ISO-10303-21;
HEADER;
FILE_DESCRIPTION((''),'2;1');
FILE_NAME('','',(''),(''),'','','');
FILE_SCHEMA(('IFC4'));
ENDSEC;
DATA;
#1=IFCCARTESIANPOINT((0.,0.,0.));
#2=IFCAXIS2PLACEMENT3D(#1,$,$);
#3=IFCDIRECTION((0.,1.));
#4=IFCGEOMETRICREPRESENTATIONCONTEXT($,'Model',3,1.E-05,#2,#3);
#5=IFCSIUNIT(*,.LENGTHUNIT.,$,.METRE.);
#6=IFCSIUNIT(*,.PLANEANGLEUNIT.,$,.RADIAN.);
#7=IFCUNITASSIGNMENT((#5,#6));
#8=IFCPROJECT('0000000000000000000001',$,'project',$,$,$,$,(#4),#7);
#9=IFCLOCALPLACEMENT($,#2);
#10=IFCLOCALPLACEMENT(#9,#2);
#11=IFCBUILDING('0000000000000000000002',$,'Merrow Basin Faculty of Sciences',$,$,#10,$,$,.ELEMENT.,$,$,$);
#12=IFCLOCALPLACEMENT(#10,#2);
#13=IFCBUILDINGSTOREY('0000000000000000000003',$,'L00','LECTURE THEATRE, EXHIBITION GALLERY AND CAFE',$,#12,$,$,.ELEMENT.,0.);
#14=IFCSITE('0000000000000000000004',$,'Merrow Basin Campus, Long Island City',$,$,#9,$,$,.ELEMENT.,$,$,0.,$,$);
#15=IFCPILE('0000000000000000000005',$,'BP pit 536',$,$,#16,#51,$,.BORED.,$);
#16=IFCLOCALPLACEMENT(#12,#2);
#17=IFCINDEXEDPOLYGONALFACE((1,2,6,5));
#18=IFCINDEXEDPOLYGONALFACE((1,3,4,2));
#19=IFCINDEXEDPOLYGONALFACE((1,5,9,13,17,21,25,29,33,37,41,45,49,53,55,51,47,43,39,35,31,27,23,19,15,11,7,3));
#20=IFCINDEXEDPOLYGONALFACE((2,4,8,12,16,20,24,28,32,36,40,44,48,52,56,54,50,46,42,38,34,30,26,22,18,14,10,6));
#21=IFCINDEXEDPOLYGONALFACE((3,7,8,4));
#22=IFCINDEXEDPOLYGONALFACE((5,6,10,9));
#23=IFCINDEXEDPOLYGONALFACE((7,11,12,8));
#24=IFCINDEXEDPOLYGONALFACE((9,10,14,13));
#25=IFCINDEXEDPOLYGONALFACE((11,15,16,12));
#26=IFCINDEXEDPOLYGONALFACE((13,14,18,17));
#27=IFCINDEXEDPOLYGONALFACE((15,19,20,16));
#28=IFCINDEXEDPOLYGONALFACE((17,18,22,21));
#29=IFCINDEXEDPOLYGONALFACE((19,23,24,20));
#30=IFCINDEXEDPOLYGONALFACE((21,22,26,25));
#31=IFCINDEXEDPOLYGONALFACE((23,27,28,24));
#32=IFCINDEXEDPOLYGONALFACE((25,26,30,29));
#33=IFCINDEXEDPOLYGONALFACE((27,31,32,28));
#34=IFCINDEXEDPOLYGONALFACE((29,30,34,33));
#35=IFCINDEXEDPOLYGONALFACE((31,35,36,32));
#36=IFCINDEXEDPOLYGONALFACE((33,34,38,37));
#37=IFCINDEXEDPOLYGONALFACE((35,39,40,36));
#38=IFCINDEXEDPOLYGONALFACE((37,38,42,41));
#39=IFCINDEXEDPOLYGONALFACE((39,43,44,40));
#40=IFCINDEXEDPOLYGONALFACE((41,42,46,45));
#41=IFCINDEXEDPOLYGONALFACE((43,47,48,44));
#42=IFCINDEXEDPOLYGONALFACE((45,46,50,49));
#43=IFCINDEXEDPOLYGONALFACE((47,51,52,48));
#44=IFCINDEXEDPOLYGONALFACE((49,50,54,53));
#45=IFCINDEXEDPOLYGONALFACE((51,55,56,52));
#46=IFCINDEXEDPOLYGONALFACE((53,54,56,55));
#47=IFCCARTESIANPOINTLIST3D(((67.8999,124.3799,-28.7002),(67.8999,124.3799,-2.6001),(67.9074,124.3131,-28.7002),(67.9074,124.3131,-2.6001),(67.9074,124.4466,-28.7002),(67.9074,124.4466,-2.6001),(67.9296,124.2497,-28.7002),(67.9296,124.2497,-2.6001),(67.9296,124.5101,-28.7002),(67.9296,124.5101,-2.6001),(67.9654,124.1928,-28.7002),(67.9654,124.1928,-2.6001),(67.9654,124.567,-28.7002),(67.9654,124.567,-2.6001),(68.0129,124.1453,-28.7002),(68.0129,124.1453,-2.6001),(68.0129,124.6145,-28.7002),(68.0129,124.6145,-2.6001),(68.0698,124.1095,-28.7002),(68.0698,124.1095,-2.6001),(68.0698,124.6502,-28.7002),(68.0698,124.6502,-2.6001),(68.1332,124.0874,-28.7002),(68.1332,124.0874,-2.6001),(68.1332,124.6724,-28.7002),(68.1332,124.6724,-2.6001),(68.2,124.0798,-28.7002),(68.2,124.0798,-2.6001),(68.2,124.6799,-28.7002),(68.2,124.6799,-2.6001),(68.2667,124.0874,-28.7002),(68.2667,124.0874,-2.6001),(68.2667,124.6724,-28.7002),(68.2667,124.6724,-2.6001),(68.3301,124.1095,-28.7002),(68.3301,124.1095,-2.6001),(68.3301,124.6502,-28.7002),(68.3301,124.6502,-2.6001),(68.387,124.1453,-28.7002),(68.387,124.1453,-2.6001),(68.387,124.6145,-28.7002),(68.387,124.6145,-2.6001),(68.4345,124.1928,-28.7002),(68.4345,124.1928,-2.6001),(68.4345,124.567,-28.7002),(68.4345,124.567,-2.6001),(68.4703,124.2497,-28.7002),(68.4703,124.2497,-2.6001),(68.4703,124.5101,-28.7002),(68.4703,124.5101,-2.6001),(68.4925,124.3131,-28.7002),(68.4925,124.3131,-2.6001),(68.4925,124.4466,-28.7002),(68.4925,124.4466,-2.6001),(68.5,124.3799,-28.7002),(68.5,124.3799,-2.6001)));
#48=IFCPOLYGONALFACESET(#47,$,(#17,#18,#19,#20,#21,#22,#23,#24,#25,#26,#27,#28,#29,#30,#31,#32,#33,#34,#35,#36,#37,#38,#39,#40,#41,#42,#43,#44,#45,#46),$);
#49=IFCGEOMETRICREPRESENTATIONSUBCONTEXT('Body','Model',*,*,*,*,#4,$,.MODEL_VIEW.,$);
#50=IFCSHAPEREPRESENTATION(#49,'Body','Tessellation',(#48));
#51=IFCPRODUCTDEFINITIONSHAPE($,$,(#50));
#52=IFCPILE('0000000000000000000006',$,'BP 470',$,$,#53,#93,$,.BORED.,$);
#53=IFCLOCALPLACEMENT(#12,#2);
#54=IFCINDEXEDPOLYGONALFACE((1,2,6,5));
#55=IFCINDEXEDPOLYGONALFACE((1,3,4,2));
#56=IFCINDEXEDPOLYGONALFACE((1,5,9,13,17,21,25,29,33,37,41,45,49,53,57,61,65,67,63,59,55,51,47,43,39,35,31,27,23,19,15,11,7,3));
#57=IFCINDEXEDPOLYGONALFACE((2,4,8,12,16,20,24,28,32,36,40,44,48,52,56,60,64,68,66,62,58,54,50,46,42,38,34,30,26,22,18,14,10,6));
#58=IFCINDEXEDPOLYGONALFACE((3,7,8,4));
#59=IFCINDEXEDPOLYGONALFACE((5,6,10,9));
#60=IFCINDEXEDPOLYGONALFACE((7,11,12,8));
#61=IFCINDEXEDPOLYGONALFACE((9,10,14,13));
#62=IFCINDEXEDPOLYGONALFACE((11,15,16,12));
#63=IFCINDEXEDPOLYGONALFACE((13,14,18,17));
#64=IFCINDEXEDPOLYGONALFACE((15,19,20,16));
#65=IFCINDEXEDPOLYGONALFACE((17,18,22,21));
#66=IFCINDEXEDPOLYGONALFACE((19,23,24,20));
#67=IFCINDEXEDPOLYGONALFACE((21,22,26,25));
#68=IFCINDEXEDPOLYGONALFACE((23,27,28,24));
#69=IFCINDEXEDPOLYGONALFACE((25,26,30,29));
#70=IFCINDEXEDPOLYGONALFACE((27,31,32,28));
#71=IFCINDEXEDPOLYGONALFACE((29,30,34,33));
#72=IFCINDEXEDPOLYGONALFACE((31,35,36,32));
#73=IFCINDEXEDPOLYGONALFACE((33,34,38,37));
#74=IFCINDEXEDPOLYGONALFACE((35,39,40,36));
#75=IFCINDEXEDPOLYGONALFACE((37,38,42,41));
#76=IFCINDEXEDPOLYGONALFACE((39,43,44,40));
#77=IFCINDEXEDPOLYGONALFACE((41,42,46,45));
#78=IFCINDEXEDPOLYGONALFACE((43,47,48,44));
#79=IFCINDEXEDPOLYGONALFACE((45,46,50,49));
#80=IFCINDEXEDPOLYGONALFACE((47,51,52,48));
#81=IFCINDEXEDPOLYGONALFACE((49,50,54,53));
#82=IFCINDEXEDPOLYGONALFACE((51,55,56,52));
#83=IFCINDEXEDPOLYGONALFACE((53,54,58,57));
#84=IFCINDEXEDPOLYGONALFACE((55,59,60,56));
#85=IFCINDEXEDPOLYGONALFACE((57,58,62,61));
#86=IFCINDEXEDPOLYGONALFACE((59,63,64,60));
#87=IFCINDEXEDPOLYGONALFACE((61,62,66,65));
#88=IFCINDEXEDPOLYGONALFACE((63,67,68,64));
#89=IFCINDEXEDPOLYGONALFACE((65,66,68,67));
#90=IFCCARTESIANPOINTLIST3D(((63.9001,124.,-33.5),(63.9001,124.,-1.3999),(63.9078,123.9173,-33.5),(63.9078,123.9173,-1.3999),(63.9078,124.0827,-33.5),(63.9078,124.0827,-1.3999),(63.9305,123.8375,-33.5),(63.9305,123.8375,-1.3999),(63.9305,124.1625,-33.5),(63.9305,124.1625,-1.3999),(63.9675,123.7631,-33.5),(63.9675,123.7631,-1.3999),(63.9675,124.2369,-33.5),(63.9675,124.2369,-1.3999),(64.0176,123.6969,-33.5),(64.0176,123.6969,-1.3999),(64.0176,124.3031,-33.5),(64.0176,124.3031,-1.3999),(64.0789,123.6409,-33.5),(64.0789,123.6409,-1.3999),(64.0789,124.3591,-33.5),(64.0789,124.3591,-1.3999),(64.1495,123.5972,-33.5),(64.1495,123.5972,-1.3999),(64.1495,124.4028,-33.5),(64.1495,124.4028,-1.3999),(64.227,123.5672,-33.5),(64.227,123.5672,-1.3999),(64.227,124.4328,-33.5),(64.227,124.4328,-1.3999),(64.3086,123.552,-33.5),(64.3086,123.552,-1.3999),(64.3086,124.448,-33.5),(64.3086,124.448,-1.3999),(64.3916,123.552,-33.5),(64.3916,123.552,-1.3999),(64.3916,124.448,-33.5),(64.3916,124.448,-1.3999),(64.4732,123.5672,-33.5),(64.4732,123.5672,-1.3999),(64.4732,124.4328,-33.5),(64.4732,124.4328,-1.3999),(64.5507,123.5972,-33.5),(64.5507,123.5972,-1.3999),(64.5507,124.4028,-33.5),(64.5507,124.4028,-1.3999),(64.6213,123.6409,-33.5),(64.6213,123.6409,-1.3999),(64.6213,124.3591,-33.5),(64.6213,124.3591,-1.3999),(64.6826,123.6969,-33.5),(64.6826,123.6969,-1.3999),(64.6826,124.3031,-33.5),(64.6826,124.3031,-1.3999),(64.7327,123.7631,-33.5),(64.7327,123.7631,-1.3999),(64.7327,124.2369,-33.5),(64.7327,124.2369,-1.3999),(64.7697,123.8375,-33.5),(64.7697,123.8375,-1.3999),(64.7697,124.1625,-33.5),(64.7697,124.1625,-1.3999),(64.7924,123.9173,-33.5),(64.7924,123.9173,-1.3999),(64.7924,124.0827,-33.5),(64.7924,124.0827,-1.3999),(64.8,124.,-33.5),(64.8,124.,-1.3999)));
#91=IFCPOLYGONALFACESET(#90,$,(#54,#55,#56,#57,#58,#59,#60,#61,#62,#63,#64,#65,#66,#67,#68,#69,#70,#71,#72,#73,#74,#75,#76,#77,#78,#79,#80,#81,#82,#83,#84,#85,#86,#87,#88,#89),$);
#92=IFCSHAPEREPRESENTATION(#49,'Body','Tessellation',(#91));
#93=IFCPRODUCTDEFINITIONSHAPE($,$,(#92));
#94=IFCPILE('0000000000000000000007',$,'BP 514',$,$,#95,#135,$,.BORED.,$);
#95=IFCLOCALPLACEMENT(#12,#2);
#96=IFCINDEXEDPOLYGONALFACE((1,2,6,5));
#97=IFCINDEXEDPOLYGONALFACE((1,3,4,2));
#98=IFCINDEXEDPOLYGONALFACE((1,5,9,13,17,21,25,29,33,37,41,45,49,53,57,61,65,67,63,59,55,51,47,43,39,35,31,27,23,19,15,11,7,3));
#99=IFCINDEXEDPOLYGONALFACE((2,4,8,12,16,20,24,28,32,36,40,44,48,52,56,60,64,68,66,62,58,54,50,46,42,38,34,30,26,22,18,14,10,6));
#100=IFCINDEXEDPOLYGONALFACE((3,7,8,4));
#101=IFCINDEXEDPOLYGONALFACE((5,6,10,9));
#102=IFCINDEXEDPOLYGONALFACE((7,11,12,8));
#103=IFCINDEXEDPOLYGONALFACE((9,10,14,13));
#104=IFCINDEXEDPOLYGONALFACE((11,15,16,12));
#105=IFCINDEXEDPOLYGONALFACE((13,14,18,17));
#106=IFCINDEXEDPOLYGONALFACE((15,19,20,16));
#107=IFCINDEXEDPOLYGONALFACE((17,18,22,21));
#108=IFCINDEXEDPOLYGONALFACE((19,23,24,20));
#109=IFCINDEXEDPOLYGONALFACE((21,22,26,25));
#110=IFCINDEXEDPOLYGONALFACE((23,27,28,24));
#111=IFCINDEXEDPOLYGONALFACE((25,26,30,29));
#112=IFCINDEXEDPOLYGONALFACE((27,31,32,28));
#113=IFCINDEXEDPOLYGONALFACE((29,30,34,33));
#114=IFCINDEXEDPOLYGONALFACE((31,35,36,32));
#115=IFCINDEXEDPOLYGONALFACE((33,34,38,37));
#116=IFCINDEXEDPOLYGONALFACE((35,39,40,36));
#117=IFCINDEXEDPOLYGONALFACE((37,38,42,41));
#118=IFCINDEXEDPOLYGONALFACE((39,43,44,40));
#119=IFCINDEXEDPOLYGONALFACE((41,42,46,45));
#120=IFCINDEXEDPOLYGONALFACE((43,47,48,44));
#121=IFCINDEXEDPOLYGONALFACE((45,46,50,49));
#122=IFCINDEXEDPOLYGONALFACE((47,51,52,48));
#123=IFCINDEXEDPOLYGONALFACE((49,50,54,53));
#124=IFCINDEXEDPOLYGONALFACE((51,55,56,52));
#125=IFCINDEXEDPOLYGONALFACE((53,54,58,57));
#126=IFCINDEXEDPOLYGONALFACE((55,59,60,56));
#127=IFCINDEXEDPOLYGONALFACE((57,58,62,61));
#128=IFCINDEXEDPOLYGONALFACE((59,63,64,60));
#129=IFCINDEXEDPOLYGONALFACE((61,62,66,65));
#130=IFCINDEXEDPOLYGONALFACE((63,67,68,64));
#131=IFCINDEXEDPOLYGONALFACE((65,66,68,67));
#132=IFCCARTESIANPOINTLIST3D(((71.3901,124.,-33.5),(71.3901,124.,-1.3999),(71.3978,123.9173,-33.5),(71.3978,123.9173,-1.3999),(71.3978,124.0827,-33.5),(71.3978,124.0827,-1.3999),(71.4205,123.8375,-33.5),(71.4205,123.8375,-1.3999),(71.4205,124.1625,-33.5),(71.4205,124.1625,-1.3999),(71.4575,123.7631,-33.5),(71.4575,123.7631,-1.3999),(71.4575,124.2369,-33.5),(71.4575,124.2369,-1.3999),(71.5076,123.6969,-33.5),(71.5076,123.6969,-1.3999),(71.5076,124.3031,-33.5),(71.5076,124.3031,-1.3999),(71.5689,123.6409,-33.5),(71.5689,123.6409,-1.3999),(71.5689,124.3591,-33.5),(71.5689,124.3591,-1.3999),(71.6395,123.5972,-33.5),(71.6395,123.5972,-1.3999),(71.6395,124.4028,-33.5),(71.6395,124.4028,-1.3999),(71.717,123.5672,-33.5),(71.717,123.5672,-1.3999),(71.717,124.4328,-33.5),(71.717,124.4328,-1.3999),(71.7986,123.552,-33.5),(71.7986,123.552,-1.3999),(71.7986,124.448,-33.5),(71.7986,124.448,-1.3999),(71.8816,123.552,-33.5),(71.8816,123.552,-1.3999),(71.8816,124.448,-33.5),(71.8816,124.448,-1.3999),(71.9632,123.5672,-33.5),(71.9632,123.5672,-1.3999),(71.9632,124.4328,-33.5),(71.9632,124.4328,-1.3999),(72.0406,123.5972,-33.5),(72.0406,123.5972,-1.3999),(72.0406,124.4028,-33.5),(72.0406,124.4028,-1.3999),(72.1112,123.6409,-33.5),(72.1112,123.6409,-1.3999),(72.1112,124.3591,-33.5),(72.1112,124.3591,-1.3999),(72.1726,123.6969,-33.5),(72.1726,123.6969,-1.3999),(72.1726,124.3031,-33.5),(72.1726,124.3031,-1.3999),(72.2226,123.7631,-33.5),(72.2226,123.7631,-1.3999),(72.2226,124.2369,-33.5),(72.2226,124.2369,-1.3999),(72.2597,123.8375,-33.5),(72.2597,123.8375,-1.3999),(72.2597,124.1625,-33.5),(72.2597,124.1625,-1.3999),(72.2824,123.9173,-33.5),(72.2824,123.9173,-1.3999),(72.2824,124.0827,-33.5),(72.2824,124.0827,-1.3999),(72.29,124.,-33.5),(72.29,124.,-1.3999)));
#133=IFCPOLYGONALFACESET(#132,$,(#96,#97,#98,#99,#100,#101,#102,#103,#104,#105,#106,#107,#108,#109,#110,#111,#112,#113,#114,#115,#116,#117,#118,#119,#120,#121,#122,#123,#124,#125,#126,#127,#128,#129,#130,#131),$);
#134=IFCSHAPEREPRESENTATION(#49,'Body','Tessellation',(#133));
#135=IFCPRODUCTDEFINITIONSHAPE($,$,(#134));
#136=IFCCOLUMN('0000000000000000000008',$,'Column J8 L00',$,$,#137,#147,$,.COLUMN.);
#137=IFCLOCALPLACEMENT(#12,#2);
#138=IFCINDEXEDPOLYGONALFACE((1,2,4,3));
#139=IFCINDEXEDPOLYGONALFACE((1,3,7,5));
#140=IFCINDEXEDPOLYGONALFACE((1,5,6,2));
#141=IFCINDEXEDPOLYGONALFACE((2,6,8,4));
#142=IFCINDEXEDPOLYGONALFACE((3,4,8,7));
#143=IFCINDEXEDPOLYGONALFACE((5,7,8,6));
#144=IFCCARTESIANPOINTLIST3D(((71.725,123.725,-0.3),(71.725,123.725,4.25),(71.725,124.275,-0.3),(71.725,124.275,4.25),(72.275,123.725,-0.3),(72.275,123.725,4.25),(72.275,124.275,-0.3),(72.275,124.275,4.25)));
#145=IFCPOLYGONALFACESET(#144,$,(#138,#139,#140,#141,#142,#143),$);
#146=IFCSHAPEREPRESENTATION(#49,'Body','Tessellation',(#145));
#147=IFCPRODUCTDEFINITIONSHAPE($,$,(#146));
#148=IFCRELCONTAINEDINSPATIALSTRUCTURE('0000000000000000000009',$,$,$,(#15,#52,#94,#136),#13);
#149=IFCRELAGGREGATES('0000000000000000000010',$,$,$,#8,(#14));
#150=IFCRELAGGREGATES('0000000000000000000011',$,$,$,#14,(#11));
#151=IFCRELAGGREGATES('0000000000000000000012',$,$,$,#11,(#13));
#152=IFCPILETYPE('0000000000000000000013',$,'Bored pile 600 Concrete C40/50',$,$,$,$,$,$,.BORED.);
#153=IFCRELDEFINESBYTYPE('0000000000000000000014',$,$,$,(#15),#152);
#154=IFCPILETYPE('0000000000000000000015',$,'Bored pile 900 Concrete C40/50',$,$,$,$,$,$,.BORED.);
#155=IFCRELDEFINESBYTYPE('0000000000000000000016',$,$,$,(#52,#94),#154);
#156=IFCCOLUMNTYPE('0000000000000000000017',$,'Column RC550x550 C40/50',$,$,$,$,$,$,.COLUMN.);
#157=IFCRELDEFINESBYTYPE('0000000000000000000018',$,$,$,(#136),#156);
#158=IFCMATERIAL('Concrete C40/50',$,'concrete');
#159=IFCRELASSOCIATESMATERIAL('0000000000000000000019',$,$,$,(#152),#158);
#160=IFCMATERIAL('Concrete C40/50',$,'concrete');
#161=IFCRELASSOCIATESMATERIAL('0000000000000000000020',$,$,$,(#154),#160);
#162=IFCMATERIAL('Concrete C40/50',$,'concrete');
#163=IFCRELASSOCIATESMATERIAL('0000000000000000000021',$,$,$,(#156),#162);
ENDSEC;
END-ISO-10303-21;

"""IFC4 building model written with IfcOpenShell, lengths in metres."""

from ifc_helpers import new_model, si_unit, direction, frame, origin, origin_2d, place, context, subcontext, project, spatial, rectangle, circle, extrude, material, material_profile, profile_set, type_object, element, save


model = new_model("IFC4")

# Units and contexts
model_context = context("Model", 3, precision=1e-05, world=origin(), true_north=direction((0.0, 1.0)))
body_context = subcontext(model_context, "Body", "Model", "MODEL_VIEW")
ifc_project = project(units=[si_unit("LENGTHUNIT", "METRE"), si_unit("PLANEANGLEUNIT", "RADIAN")], contexts=[model_context])

# Site, building, storey
site_placement = place(None, origin())
site = spatial("IfcSite", under=ifc_project, at=site_placement, Name="Merrow Basin Campus, Long Island City", CompositionType="ELEMENT", RefElevation=0.0)
building_placement = place(site_placement, origin())
building = spatial("IfcBuilding", under=site, at=building_placement, Name="Merrow Basin Faculty of Sciences", CompositionType="ELEMENT")
storey_placement = place(building_placement, origin())
storey = spatial("IfcBuildingStorey", under=building, at=storey_placement, Name="L00", Description="LECTURE THEATRE, EXHIBITION GALLERY AND CAFE", CompositionType="ELEMENT", Elevation=0.0)

# Piles
ifc_material_1 = material(Name="Concrete C40/50", Category="concrete")
ifc_material_profile_1 = material_profile(ifc_material_1, circle(Radius=0.3, at=origin_2d()))
ifc_profile_set_1 = profile_set([ifc_material_profile_1], Name="Concrete C40/50")
pile_type_1 = type_object("IfcPileType", Name="Bored pile 600 Concrete C40/50", PredefinedType="BORED", material=ifc_profile_set_1)
pile_placement = place(storey_placement, frame((68.2, 124.3799, -2.6001), z_axis=(0.0, 0.0, -1.0), x_axis=(1.0, 0.0, 0.0)))
element("IfcPile", 1, at=pile_placement, inside=storey, type_object=pile_type_1, Name="BP pit 536", PredefinedType="BORED", context=body_context, shape_type="SweptSolid", body=[
    extrude(circle(Radius=0.3, at=origin_2d()), origin(), (0.0, 0.0, 1.0), 26.1001),
])
ifc_material_2 = material(Name="Concrete C40/50", Category="concrete")
ifc_material_profile_2 = material_profile(ifc_material_2, circle(Radius=0.45, at=origin_2d()))
ifc_profile_set_2 = profile_set([ifc_material_profile_2], Name="Concrete C40/50")
pile_type_2 = type_object("IfcPileType", Name="Bored pile 900 Concrete C40/50", PredefinedType="BORED", material=ifc_profile_set_2)
for number, where, z_axis, x_axis, name in (
    (2, (64.3501, 124.0, -1.3999), (0.0, 0.0, -1.0), (1.0, 0.0, 0.0), "BP 470"),
    (3, (71.8401, 124.0, -1.3999), (0.0, 0.0, -1.0), (1.0, 0.0, 0.0), "BP 514"),
):
    element("IfcPile", number, at=place(storey_placement, frame(where, z_axis=z_axis, x_axis=x_axis)), inside=storey, type_object=pile_type_2, Name=name, PredefinedType="BORED", context=body_context, shape_type="SweptSolid", body=[
        extrude(circle(Radius=0.45, at=origin_2d()), origin(), (0.0, 0.0, 1.0), 32.1001),
    ])

# Column
ifc_material_3 = material(Name="Concrete C40/50", Category="concrete")
ifc_material_profile_3 = material_profile(ifc_material_3, rectangle(XDim=0.55, YDim=0.55, at=origin_2d()))
ifc_profile_set_3 = profile_set([ifc_material_profile_3], Name="Concrete C40/50")
column_type = type_object("IfcColumnType", Name="Column RC550x550 C40/50", PredefinedType="COLUMN", material=ifc_profile_set_3)
column_placement = place(storey_placement, frame((72.0, 124.0, -0.3), z_axis=(0.0, 0.0, 1.0), x_axis=(1.0, 0.0, 0.0)))
element("IfcColumn", 4, at=column_placement, inside=storey, type_object=column_type, Name="Column J8 L00", PredefinedType="COLUMN", context=body_context, shape_type="SweptSolid", body=[
    extrude(rectangle(XDim=0.55, YDim=0.55, at=origin_2d()), origin(), (0.0, 0.0, 1.0), 4.55),
])

save(model, "model.ifc")
